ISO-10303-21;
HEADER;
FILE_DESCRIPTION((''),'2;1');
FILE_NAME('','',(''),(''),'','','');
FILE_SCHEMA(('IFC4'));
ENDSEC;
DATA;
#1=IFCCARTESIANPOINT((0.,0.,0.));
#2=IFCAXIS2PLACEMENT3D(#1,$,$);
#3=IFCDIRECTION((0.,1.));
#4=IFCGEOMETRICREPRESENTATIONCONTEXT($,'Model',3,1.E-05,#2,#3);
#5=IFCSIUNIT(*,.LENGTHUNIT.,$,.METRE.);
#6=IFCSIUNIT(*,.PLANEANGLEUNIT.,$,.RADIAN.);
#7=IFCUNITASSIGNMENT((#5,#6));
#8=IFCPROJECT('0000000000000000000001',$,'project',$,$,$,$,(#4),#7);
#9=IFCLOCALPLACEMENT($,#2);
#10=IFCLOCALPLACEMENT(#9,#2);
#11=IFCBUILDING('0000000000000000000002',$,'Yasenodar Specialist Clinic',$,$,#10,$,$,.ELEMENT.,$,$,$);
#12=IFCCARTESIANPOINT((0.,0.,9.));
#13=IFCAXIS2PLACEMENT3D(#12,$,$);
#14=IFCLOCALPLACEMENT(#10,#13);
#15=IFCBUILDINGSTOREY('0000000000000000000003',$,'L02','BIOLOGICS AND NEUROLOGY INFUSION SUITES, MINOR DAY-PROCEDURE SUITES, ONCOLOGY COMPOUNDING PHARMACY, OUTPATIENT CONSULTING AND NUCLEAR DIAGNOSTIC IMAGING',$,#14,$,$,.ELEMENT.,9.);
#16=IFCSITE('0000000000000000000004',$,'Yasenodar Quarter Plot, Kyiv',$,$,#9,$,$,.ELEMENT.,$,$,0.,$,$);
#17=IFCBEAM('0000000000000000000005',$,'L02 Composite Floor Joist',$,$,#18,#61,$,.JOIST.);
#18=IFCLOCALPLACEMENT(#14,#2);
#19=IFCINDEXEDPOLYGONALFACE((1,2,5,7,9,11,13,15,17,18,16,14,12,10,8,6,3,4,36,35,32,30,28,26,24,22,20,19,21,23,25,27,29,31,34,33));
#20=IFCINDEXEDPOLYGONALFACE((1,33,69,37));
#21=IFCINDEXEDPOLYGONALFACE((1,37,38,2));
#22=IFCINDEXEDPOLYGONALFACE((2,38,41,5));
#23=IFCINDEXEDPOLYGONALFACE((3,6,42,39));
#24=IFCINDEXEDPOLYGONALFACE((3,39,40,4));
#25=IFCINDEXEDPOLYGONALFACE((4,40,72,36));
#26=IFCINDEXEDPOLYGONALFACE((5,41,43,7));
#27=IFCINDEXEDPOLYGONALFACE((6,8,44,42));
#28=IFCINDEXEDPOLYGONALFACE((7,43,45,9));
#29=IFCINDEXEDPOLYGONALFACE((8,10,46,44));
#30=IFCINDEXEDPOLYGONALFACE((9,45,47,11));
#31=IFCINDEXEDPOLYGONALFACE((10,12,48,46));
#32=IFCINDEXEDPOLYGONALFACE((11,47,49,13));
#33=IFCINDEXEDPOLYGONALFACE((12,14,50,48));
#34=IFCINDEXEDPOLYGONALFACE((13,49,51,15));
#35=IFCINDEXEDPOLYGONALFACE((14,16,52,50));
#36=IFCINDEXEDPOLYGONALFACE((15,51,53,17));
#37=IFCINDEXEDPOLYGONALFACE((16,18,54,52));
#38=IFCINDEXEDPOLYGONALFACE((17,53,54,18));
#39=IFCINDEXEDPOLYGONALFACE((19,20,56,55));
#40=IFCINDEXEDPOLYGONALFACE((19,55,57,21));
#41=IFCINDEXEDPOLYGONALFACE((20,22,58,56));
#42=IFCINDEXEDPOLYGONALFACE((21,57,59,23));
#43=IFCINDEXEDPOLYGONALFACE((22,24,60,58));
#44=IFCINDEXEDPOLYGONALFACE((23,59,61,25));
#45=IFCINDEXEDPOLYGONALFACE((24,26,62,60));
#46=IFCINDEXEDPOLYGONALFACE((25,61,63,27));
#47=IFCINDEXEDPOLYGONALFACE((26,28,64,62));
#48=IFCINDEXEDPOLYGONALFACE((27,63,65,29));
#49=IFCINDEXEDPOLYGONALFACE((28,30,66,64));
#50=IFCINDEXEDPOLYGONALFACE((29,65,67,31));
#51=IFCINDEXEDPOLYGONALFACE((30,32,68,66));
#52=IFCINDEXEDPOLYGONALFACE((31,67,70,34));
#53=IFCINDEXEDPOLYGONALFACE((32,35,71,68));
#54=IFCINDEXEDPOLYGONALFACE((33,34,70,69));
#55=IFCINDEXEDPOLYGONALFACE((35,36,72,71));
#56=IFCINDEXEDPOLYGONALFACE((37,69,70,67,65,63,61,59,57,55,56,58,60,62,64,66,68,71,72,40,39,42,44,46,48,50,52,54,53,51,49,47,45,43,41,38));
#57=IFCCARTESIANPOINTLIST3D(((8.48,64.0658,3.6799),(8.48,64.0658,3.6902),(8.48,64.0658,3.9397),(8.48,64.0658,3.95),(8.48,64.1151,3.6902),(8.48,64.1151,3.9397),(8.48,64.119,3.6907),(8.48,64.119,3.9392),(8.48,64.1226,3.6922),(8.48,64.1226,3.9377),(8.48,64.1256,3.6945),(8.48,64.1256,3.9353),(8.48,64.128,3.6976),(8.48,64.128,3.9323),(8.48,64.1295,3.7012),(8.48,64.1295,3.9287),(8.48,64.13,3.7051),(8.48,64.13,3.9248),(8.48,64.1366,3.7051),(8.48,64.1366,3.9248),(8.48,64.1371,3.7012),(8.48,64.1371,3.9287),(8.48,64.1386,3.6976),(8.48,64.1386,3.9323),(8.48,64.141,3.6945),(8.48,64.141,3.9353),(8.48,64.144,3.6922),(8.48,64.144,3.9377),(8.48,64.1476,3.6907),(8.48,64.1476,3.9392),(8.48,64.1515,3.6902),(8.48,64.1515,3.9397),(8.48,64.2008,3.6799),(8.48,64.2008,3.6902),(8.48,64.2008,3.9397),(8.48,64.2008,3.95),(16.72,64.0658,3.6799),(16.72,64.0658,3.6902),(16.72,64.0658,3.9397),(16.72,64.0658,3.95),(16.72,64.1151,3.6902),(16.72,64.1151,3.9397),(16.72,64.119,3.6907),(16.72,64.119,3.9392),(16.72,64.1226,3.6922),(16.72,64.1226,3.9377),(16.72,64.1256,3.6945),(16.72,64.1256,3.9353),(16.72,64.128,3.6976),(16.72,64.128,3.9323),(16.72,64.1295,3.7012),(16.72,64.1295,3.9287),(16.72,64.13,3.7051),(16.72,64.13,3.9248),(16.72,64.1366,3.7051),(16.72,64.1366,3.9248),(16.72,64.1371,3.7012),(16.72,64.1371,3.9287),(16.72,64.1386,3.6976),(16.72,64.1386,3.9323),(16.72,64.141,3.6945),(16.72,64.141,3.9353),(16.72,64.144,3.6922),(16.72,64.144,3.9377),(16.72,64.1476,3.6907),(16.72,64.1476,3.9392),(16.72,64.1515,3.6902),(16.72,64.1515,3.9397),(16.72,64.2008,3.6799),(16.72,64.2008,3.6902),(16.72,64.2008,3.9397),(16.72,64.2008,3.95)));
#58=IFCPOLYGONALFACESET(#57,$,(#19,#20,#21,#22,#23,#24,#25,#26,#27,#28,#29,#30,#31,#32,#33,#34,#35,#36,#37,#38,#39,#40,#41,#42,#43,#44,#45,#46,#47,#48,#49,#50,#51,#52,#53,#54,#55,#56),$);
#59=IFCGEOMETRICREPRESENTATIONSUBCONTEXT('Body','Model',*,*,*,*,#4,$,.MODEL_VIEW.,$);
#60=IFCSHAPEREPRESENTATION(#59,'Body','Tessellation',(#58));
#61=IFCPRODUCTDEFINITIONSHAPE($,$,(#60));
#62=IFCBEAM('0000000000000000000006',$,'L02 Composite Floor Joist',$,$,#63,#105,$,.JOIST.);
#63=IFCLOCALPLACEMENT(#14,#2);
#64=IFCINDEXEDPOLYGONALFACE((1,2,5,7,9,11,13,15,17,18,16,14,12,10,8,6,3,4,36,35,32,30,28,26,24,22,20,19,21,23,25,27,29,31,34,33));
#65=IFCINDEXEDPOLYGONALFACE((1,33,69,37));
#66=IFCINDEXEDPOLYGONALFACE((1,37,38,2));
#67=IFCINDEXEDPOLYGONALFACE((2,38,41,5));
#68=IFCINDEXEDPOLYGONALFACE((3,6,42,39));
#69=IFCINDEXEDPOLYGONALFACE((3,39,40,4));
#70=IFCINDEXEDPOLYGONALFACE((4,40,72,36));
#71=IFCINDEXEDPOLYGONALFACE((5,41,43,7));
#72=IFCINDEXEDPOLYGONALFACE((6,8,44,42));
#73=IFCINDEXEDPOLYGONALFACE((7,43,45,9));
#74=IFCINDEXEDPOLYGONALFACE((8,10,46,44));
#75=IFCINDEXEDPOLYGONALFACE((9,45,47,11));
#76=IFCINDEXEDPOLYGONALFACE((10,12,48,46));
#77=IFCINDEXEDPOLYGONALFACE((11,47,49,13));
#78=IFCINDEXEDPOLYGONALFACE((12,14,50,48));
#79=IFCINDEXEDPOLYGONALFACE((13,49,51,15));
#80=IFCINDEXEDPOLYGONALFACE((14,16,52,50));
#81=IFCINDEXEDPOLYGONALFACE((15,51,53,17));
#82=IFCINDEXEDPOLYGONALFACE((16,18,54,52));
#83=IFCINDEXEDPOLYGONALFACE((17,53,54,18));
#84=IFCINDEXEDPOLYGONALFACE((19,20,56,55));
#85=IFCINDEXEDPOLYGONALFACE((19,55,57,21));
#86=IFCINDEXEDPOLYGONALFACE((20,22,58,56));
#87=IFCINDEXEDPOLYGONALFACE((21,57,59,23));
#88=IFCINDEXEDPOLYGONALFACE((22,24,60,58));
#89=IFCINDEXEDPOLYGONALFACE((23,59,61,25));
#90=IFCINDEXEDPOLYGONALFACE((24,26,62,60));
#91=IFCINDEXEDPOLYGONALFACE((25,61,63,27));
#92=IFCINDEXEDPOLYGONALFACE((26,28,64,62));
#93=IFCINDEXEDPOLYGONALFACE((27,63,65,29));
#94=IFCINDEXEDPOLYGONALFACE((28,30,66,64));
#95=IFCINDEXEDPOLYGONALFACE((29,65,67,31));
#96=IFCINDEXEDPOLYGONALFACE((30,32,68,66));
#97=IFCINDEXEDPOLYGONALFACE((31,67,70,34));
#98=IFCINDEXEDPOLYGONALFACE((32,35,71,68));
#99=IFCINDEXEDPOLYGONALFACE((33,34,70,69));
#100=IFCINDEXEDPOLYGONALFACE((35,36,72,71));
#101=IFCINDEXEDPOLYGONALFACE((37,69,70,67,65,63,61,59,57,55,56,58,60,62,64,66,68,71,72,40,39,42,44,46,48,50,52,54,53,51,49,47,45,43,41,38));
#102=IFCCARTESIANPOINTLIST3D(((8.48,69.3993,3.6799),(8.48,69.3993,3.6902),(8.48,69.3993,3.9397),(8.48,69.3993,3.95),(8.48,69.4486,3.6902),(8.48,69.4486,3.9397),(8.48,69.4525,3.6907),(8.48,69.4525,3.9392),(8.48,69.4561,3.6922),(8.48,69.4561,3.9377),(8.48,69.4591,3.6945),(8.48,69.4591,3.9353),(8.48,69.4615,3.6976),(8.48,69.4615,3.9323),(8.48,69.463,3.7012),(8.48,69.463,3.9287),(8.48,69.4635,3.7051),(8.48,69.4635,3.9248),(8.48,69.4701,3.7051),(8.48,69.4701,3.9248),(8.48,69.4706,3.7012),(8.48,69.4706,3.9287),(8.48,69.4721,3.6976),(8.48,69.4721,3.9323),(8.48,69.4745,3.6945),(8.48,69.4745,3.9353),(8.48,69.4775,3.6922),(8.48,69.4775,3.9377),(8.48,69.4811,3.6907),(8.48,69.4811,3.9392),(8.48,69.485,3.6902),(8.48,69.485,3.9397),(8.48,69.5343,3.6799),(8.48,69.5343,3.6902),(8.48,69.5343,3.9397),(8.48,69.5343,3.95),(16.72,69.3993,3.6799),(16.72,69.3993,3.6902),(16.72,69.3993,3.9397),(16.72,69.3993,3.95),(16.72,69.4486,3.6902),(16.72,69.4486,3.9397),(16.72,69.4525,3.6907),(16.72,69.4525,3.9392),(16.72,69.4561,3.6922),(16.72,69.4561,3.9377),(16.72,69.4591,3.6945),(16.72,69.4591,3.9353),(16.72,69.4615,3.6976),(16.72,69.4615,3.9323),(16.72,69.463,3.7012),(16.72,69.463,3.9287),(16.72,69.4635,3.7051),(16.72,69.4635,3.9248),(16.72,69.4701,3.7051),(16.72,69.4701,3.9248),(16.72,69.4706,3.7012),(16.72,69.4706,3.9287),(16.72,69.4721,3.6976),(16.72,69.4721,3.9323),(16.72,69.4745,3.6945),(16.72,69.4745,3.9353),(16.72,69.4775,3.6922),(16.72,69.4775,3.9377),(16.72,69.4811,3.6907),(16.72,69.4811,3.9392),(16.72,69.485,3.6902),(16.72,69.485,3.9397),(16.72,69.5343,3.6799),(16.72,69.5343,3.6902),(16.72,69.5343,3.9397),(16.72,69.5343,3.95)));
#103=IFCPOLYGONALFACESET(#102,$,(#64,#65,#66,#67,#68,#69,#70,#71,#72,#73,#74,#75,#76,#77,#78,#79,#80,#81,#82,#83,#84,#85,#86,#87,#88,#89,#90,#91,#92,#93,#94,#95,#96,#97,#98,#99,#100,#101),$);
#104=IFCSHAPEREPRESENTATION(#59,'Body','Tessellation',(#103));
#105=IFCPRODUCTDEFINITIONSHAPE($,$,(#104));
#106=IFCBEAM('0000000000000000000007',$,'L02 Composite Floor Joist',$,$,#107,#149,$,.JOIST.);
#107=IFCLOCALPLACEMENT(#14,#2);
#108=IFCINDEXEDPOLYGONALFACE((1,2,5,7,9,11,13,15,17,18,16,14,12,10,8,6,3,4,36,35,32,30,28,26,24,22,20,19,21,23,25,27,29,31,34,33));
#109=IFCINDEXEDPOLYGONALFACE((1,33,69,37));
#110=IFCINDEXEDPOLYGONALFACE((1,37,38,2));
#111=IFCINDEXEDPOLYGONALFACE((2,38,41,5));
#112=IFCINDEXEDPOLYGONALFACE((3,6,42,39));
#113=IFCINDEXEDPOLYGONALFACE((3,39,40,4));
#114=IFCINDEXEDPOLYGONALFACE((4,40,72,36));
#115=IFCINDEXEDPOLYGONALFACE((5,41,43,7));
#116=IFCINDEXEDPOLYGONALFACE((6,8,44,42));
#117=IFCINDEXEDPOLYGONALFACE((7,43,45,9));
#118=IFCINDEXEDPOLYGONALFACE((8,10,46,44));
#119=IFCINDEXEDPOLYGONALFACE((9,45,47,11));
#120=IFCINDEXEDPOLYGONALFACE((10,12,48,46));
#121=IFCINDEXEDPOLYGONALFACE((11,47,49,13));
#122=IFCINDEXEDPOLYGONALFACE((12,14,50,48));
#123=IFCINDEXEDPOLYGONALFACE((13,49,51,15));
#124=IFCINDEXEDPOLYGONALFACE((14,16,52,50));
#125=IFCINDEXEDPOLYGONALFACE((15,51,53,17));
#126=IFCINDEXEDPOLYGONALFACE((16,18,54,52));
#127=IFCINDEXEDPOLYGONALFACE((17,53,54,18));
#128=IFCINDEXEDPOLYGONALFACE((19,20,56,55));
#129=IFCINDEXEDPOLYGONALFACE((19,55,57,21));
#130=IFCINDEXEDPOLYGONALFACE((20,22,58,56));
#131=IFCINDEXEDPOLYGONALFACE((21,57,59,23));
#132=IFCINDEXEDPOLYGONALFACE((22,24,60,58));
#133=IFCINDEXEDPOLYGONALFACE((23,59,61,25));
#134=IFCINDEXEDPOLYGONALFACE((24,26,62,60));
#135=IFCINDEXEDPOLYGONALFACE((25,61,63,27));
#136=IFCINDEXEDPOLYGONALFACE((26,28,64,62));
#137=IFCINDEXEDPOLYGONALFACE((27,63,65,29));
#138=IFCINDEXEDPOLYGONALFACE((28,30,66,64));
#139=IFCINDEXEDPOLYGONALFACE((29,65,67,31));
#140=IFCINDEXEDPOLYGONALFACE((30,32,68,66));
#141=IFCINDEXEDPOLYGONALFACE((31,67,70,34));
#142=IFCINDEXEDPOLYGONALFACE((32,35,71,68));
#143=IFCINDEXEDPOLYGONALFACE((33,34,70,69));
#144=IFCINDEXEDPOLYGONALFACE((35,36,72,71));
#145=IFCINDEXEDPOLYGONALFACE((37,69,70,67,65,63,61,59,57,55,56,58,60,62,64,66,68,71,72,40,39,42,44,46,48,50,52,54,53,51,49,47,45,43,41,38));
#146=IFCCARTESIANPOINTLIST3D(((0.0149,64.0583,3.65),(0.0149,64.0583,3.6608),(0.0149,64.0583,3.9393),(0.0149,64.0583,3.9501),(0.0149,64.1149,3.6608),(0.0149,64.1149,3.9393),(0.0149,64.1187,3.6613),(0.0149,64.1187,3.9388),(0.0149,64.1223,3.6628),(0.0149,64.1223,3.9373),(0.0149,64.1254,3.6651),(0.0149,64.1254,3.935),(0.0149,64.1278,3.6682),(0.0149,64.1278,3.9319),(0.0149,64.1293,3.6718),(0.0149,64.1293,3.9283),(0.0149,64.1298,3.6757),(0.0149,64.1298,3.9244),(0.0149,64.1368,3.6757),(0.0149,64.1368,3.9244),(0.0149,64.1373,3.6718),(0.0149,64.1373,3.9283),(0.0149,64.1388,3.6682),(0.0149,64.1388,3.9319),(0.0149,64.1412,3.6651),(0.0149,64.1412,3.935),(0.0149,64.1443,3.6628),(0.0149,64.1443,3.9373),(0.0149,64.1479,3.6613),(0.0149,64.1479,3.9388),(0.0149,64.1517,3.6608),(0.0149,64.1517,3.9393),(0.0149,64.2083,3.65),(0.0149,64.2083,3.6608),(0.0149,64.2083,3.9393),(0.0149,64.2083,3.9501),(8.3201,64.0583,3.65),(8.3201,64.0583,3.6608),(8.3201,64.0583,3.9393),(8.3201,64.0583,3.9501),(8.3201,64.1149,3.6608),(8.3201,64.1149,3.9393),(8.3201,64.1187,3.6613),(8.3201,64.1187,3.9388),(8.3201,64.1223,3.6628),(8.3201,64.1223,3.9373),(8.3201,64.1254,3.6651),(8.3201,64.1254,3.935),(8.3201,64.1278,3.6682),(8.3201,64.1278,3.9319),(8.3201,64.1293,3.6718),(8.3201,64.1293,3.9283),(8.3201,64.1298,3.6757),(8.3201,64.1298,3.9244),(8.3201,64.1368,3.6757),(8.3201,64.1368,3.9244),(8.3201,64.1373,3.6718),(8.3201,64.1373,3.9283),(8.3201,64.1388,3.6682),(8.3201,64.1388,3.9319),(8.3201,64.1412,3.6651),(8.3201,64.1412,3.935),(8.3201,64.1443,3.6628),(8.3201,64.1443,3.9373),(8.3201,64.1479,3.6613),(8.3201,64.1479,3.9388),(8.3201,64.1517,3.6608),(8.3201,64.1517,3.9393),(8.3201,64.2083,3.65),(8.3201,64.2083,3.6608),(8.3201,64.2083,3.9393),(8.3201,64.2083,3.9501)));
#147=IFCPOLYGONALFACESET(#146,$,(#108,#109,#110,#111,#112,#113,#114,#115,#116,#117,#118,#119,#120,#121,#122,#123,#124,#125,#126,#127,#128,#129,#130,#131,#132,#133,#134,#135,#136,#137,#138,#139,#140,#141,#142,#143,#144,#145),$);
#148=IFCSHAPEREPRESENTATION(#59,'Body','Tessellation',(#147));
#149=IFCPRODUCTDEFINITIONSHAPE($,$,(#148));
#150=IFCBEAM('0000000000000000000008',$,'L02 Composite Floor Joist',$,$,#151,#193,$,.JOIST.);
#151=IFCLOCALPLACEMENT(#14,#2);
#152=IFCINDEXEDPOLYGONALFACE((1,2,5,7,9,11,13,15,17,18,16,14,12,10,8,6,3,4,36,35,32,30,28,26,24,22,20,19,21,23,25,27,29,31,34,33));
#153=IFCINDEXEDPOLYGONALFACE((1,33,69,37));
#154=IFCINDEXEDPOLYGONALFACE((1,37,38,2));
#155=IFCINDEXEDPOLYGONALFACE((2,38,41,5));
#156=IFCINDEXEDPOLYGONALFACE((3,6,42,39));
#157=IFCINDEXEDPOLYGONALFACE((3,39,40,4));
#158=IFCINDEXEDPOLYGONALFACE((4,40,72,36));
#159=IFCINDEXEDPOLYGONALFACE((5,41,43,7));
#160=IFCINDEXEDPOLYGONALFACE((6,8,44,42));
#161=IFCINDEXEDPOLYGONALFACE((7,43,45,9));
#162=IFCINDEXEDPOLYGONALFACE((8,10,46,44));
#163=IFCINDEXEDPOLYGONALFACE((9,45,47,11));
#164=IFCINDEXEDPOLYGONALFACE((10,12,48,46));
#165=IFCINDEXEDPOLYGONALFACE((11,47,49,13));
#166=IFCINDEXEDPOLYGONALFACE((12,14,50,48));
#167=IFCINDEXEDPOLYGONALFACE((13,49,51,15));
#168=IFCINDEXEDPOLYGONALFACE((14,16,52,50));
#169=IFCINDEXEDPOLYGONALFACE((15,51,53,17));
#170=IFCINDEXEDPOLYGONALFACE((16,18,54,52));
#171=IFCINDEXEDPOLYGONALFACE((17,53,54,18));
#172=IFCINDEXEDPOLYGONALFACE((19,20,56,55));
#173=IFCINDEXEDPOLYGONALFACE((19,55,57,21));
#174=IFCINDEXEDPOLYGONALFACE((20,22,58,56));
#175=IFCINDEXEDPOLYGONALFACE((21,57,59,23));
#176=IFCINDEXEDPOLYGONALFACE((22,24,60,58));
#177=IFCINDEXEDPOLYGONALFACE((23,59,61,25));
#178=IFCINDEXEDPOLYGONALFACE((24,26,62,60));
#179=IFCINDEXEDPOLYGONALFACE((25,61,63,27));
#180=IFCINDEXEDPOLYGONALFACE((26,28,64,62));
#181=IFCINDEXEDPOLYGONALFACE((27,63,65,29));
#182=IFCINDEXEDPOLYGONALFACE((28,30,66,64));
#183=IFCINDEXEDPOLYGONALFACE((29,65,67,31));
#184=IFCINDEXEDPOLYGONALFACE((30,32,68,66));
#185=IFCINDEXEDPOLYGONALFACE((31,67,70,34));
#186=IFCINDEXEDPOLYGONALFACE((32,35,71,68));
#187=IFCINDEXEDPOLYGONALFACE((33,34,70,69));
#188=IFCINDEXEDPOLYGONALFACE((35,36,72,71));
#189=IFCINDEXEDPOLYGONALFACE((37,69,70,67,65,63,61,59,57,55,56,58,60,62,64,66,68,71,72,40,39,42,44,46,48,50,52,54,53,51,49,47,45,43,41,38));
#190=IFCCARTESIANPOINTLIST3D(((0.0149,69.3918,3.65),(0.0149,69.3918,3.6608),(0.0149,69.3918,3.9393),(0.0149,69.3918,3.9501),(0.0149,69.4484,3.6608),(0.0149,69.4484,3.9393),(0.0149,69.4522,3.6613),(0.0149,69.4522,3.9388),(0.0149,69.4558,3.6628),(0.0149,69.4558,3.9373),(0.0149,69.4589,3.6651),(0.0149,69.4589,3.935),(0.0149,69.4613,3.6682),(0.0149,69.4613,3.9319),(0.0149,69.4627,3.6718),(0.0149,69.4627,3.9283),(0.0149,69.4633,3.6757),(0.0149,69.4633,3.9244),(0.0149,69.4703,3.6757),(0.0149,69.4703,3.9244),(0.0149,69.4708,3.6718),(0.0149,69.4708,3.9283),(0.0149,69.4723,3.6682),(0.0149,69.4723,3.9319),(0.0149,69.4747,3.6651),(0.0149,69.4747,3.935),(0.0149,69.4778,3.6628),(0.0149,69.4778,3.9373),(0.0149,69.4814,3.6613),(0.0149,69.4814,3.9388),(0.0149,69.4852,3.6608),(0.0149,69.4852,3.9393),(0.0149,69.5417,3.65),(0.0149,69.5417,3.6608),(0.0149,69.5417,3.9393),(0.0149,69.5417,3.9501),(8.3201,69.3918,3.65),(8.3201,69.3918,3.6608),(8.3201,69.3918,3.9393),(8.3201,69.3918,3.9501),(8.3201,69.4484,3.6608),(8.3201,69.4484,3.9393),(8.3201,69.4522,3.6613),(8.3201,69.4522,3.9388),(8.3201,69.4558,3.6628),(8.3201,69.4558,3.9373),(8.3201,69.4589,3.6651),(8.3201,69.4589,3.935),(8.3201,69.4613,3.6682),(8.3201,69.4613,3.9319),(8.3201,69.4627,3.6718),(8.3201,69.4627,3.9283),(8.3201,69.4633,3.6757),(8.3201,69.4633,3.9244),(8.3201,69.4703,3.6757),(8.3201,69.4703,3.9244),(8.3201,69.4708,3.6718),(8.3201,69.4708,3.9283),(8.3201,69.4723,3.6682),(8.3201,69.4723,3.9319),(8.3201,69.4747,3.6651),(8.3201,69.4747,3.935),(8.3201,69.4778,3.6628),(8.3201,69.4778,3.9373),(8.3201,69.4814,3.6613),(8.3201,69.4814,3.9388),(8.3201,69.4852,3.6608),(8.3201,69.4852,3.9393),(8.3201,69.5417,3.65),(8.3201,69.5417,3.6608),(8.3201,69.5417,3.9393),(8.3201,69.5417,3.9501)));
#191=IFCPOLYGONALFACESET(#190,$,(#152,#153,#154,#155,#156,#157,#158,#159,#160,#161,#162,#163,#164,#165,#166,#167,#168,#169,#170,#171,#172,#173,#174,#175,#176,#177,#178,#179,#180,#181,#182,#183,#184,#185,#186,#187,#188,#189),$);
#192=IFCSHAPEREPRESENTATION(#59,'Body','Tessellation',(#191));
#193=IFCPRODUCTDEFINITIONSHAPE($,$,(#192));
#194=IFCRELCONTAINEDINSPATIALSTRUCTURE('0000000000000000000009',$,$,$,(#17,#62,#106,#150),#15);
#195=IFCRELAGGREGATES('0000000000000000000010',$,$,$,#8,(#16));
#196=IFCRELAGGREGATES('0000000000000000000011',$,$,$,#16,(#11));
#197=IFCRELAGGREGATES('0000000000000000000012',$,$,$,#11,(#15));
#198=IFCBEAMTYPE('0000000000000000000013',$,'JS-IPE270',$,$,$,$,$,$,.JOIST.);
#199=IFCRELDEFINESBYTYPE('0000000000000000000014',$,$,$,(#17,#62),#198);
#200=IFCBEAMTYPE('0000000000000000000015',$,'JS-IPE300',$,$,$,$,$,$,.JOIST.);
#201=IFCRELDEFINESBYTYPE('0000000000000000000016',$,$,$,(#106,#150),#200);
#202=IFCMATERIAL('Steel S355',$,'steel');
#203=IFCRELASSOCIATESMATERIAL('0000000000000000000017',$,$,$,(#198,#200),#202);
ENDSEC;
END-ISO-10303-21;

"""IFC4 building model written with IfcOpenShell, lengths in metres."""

from ifc_helpers import new_model, si_unit, direction, frame, origin, origin_2d, place, context, subcontext, project, spatial, i_section, extrude, material, material_profile, profile_set, type_object, element, save


model = new_model("IFC4")

# Units and contexts
model_context = context("Model", 3, precision=1e-05, world=origin(), true_north=direction((0.0, 1.0)))
body_context = subcontext(model_context, "Body", "Model", "MODEL_VIEW")
ifc_project = project(units=[si_unit("LENGTHUNIT", "METRE"), si_unit("PLANEANGLEUNIT", "RADIAN")], contexts=[model_context])

# Site, building, storey
site_placement = place(None, origin())
site = spatial("IfcSite", under=ifc_project, at=site_placement, Name="Yasenodar Quarter Plot, Kyiv", CompositionType="ELEMENT", RefElevation=0.0)
building_placement = place(site_placement, origin())
building = spatial("IfcBuilding", under=site, at=building_placement, Name="Yasenodar Specialist Clinic", CompositionType="ELEMENT")
storey_placement = place(building_placement, frame((0.0, 0.0, 9.0)))
storey = spatial("IfcBuildingStorey", under=building, at=storey_placement, Name="L02", Description="BIOLOGICS AND NEUROLOGY INFUSION SUITES, MINOR DAY-PROCEDURE SUITES, ONCOLOGY COMPOUNDING PHARMACY, OUTPATIENT CONSULTING AND NUCLEAR DIAGNOSTIC IMAGING", CompositionType="ELEMENT", Elevation=9.0)

# Shared definitions
ifc_material_1 = material(Name="Steel S355", Category="steel")

# Beams
ifc_material_profile_1 = material_profile(ifc_material_1, i_section(OverallWidth=0.135, OverallDepth=0.27, WebThickness=0.0066, FlangeThickness=0.0103, FilletRadius=0.0149, at=origin_2d()), Name="IPE 270")
ifc_profile_set_1 = profile_set([ifc_material_profile_1], Name="Steel S355")
beam_type_1 = type_object("IfcBeamType", Name="JS-IPE270", PredefinedType="JOIST", material=ifc_profile_set_1)
for number, where, z_axis, x_axis, name in (
    (1, (8.48, 64.1333, 3.8149), (1.0, 0.0, 0.0), (0.0, 1.0, 0.0), "L02 Composite Floor Joist"),
    (2, (8.48, 69.4668, 3.8149), (1.0, 0.0, 0.0), (0.0, 1.0, 0.0), "L02 Composite Floor Joist"),
):
    element("IfcBeam", number, at=place(storey_placement, frame(where, z_axis=z_axis, x_axis=x_axis)), inside=storey, type_object=beam_type_1, Name=name, PredefinedType="JOIST", context=body_context, shape_type="SweptSolid", body=[
        extrude(i_section(OverallWidth=0.135, OverallDepth=0.27, WebThickness=0.0066, FlangeThickness=0.0103, FilletRadius=0.0149, at=origin_2d()), origin(), (0.0, 0.0, 1.0), 8.24),
    ])
ifc_material_profile_2 = material_profile(ifc_material_1, i_section(OverallWidth=0.1499, OverallDepth=0.3, WebThickness=0.0071, FlangeThickness=0.0107, FilletRadius=0.0149, at=origin_2d()), Name="IPE 300")
ifc_profile_set_2 = profile_set([ifc_material_profile_2], Name="Steel S355")
beam_type_2 = type_object("IfcBeamType", Name="JS-IPE300", PredefinedType="JOIST", material=ifc_profile_set_2)
for number, where, z_axis, x_axis, name in (
    (3, (0.0149, 64.1333, 3.8), (1.0, 0.0, 0.0), (0.0, 1.0, 0.0), "L02 Composite Floor Joist"),
    (4, (0.0149, 69.4668, 3.8), (1.0, 0.0, 0.0), (0.0, 1.0, 0.0), "L02 Composite Floor Joist"),
):
    element("IfcBeam", number, at=place(storey_placement, frame(where, z_axis=z_axis, x_axis=x_axis)), inside=storey, type_object=beam_type_2, Name=name, PredefinedType="JOIST", context=body_context, shape_type="SweptSolid", body=[
        extrude(i_section(OverallWidth=0.1499, OverallDepth=0.3, WebThickness=0.0071, FlangeThickness=0.0107, FilletRadius=0.0149, at=origin_2d()), origin(), (0.0, 0.0, 1.0), 8.3052),
    ])

save(model, "model.ifc")
